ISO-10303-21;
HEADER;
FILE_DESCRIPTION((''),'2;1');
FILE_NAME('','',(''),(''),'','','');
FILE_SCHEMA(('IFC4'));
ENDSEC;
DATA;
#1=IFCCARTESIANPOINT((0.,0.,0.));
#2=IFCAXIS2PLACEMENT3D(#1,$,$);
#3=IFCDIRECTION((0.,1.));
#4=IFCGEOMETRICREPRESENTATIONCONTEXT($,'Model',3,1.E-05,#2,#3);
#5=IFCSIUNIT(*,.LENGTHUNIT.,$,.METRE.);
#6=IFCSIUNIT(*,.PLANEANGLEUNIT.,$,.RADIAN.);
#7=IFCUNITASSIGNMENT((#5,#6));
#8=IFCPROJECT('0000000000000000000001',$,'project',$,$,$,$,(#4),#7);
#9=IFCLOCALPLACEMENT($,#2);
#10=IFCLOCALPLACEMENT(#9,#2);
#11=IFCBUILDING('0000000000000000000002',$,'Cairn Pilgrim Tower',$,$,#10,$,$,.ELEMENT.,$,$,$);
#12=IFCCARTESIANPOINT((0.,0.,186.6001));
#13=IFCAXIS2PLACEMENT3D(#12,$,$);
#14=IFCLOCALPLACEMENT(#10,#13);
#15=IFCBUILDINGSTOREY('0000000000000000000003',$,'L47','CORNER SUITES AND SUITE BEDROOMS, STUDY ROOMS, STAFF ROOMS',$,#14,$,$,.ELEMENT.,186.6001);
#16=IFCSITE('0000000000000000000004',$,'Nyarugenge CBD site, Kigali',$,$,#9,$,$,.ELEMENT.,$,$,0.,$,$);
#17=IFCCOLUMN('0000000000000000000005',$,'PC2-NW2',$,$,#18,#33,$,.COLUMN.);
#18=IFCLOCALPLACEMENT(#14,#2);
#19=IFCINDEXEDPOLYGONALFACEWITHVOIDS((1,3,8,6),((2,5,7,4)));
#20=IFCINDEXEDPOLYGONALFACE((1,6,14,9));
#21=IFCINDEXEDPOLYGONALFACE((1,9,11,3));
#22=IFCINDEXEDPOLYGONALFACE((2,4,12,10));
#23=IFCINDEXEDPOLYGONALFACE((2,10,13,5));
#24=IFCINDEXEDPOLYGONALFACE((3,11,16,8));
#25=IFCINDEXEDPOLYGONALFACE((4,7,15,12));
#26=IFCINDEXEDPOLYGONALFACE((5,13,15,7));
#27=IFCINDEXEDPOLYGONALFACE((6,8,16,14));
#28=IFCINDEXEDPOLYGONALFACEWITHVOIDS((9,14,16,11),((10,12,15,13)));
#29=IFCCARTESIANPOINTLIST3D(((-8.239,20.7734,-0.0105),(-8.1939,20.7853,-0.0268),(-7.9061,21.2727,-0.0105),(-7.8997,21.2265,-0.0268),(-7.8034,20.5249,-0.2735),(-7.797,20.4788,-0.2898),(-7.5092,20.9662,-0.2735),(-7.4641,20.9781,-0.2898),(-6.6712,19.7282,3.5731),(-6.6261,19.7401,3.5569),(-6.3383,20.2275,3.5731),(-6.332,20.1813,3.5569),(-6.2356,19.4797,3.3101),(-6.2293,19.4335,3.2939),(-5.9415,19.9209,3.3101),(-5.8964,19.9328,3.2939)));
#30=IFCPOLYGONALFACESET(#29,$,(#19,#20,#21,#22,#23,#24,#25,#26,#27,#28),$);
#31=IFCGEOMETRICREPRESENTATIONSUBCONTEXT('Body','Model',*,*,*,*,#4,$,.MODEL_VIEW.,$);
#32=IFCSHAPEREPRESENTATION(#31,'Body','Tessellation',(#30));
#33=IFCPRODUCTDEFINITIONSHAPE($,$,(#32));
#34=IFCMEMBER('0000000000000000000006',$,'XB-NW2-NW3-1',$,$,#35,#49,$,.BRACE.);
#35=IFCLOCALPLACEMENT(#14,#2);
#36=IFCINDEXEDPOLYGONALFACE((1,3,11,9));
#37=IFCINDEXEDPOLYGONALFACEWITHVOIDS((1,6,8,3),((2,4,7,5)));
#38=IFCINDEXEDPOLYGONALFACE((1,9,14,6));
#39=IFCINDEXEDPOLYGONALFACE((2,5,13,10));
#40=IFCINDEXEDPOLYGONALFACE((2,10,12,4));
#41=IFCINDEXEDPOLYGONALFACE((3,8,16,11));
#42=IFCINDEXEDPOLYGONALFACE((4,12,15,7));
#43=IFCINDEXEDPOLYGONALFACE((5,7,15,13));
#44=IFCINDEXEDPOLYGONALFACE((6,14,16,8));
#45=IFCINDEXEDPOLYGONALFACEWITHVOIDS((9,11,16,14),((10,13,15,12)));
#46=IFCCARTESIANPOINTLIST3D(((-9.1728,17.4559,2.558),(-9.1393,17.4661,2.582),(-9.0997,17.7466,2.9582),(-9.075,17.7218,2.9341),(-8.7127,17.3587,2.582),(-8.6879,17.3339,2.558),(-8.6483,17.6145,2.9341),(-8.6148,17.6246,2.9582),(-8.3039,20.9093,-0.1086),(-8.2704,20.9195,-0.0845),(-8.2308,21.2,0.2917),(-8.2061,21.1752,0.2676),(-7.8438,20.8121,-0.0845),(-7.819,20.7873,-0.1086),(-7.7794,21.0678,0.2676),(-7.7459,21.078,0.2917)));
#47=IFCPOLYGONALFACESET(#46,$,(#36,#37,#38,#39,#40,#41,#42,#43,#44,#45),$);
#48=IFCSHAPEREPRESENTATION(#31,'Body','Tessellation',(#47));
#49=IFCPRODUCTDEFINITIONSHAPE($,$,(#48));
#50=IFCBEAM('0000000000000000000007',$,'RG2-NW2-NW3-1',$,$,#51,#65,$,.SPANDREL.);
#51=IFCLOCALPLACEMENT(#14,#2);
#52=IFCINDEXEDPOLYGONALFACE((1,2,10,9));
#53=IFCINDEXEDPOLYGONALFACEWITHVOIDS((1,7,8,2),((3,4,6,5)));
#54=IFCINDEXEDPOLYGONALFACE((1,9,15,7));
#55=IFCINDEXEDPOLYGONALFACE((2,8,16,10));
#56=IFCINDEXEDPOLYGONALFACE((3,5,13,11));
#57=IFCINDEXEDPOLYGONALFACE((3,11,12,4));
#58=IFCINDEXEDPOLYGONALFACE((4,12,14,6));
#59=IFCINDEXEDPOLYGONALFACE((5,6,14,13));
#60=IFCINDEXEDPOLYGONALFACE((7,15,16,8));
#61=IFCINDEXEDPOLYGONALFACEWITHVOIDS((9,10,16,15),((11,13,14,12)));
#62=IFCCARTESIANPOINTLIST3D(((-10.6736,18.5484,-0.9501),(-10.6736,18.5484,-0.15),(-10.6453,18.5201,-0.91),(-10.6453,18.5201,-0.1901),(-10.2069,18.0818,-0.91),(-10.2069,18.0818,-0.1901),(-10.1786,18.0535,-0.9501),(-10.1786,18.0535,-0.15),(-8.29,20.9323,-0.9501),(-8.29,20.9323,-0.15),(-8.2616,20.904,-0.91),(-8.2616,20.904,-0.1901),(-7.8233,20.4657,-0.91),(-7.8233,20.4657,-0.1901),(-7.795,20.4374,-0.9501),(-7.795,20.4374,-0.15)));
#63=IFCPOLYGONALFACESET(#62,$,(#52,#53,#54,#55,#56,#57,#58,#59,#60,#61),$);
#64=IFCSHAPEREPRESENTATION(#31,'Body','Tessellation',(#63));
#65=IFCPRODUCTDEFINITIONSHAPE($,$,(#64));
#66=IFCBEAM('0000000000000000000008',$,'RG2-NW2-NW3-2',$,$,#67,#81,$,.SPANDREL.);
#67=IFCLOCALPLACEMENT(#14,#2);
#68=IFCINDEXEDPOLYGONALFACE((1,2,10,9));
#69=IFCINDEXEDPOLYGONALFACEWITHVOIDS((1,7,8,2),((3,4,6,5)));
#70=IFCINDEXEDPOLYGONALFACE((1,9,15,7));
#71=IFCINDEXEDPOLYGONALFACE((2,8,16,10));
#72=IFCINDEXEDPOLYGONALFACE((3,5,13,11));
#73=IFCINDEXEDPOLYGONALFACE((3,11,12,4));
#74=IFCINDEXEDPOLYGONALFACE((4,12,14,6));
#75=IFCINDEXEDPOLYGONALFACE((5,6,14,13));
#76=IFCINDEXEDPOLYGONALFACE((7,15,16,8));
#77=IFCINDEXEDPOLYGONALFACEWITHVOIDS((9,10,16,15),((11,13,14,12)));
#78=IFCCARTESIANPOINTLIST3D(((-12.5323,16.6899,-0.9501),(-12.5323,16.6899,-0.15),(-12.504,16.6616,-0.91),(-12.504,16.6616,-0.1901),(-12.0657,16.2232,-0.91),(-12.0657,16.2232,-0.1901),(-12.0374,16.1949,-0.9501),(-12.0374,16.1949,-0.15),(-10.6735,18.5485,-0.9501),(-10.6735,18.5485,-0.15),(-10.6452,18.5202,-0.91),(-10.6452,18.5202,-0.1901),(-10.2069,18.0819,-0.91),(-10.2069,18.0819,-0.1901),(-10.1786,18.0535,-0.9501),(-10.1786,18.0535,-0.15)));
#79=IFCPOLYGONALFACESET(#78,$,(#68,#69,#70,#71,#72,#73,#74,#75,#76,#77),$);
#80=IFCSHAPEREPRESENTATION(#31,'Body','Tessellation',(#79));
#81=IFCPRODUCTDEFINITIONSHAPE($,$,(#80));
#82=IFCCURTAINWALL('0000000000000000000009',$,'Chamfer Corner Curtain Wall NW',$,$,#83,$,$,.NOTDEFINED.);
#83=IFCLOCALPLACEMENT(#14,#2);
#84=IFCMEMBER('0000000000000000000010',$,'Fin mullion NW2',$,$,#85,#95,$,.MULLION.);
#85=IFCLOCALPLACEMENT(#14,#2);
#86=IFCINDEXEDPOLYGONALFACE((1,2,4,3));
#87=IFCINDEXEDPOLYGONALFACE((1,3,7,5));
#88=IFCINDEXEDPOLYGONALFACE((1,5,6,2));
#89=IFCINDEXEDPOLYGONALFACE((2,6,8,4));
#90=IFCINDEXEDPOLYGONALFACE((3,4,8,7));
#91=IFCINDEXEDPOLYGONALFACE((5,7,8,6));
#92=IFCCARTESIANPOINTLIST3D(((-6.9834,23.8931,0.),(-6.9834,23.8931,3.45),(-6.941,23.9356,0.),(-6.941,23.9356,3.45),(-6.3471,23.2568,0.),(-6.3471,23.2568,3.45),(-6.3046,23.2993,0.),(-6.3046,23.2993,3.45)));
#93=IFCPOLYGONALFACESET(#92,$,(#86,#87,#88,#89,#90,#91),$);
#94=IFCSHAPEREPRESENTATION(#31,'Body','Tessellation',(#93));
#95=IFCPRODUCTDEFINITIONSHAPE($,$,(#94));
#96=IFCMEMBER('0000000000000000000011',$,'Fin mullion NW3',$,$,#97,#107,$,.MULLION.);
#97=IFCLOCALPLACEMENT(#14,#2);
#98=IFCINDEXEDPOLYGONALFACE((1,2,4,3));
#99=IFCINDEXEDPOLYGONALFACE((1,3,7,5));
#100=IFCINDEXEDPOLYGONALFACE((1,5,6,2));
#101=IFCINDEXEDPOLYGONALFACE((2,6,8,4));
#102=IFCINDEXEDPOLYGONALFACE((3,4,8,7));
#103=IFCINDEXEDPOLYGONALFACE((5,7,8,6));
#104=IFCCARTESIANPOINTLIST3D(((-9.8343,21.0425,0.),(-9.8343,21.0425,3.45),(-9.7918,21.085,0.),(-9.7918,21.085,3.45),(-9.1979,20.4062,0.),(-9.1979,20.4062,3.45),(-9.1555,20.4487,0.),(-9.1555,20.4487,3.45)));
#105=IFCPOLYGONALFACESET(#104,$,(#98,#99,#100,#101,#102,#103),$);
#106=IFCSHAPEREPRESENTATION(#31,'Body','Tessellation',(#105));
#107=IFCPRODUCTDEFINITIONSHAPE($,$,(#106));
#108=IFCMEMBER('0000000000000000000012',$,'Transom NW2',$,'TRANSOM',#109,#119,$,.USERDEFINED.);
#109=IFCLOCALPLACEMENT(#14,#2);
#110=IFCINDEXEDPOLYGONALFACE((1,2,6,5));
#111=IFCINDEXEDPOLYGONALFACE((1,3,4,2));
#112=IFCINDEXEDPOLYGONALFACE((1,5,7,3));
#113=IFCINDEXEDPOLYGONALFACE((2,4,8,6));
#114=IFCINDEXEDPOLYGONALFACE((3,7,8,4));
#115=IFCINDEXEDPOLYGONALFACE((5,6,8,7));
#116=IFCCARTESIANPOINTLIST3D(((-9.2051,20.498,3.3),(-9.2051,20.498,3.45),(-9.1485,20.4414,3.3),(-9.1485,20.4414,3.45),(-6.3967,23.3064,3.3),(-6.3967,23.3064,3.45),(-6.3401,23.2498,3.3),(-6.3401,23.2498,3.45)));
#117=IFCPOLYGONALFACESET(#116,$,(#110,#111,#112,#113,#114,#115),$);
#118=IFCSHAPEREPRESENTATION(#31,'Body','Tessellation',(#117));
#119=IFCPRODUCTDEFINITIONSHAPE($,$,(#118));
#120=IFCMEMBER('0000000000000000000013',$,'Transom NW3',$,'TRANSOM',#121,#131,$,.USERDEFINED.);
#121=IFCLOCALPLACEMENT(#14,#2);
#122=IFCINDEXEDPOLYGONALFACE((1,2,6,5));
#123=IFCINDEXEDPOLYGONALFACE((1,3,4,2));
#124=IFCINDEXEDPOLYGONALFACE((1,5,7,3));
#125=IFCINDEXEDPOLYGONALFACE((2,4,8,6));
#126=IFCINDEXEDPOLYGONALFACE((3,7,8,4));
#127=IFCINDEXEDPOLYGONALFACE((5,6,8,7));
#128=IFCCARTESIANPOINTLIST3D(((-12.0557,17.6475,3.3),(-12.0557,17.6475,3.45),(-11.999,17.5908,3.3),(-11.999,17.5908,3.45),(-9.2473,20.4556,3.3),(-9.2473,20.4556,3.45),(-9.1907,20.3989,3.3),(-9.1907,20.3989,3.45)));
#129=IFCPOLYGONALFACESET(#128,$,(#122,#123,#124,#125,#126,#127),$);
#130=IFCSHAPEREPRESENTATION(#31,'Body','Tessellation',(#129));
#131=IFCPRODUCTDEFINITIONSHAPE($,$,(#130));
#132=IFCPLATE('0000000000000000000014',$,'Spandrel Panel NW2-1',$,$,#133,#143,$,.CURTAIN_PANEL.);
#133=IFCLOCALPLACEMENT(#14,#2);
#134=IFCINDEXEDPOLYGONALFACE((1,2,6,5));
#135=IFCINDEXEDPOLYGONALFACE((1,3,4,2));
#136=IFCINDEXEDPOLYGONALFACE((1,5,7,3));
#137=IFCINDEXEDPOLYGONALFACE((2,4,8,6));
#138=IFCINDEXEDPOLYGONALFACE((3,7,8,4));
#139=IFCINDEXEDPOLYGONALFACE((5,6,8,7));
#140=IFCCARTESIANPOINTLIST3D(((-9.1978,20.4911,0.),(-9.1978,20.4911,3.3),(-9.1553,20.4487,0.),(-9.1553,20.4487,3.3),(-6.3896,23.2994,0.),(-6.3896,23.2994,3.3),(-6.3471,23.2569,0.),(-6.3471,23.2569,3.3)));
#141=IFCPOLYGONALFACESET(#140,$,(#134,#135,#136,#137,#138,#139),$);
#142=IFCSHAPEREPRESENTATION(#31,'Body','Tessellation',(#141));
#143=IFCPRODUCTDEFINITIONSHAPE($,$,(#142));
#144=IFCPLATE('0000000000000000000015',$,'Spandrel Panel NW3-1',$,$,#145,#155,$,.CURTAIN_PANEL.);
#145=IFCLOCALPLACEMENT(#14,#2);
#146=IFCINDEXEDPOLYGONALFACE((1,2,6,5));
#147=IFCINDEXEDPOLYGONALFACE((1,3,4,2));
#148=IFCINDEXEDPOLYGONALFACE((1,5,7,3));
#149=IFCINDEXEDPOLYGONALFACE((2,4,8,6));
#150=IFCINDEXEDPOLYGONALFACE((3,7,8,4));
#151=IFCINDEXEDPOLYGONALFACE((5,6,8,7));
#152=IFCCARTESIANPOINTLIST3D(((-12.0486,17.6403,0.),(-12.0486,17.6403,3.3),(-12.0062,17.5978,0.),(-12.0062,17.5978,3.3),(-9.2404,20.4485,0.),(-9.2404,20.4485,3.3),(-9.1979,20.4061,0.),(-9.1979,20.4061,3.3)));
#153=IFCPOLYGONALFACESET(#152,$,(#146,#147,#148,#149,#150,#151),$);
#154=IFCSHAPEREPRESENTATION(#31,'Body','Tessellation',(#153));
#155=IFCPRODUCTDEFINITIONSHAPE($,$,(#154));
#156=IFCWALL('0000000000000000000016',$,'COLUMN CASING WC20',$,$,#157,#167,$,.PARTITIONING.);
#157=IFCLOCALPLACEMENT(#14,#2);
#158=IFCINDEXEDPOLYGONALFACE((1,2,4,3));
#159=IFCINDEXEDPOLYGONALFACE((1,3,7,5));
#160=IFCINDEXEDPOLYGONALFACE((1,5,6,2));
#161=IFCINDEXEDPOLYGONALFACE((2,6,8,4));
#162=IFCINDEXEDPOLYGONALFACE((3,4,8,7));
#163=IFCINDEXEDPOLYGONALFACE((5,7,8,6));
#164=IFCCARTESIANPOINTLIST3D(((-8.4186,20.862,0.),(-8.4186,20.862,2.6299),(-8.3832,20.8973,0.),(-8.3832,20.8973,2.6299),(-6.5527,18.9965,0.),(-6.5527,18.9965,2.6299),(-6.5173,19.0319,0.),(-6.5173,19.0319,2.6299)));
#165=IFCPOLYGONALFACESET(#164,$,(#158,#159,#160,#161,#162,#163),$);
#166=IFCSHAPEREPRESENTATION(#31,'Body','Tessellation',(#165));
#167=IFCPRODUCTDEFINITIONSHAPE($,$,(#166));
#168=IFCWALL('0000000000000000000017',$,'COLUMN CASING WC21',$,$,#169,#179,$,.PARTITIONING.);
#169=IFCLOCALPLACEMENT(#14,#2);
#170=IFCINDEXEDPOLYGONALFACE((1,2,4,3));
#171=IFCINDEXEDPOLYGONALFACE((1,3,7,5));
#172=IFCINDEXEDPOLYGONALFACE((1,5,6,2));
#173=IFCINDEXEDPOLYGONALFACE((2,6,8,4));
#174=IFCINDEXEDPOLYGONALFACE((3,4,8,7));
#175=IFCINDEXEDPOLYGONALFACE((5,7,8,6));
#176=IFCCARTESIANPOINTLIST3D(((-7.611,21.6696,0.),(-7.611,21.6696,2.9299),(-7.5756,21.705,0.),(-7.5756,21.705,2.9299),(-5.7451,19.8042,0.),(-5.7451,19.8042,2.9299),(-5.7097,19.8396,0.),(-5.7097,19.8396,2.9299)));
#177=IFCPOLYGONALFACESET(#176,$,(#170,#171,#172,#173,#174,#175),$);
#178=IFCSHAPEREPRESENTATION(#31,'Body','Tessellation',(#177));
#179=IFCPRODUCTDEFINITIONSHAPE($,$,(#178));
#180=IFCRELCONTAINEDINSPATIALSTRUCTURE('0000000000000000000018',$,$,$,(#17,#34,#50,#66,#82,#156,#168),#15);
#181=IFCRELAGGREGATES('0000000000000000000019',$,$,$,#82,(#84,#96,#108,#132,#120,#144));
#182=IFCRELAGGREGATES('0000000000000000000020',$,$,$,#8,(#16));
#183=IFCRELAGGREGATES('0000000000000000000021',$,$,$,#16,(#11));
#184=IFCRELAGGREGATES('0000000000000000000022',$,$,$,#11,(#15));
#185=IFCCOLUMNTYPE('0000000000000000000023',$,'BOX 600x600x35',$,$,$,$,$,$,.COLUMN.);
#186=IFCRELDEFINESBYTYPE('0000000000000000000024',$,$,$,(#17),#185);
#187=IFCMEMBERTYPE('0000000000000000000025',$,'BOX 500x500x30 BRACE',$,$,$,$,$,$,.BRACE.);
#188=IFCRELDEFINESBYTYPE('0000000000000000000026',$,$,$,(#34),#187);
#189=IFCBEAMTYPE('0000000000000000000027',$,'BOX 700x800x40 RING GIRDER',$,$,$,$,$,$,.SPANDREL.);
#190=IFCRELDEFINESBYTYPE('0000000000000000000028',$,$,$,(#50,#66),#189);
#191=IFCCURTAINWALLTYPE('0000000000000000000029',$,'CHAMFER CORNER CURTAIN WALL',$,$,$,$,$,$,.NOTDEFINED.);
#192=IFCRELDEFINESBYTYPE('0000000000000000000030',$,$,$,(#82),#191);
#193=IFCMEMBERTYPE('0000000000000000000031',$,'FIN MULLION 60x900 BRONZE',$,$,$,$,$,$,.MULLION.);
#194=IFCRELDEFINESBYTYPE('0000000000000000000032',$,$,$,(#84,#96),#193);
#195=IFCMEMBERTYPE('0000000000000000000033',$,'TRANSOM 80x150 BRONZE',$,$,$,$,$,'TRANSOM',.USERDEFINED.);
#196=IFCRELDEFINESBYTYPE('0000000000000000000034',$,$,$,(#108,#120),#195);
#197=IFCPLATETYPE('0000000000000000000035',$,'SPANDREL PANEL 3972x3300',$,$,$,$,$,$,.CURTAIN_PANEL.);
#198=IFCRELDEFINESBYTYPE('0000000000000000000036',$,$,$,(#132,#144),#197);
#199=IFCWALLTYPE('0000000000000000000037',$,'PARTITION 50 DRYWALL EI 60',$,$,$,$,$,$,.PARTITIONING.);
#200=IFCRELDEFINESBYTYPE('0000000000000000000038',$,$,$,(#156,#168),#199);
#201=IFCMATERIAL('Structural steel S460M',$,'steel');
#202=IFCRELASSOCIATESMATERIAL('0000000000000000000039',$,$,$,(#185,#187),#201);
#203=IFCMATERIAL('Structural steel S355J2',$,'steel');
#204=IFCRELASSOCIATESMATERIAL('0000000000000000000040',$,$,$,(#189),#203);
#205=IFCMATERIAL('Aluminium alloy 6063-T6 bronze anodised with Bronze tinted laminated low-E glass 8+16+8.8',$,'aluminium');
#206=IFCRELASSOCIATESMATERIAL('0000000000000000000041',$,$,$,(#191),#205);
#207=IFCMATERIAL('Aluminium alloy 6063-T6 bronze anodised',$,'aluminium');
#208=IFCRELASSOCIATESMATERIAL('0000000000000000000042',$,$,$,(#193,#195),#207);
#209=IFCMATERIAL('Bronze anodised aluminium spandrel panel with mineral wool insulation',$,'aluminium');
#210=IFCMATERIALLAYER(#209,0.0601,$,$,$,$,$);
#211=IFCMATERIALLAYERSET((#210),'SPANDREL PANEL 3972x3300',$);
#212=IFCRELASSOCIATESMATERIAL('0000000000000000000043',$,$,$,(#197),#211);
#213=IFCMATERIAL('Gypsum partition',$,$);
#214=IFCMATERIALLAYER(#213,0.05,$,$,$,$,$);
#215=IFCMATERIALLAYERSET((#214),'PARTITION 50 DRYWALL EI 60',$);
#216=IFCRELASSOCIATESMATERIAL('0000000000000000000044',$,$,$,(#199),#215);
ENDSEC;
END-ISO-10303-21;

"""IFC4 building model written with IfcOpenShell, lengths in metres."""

from ifc_helpers import new_model, si_unit, direction, frame, frame_2d, origin, origin_2d, place, context, subcontext, project, spatial, rectangle, hollow_rectangle, extrude, clip, halfspace, material, layer, layer_set, material_profile, profile_set, type_object, element, aggregate, save


model = new_model("IFC4")

# Units and contexts
model_context = context("Model", 3, precision=1e-05, world=origin(), true_north=direction((0.0, 1.0)))
body_context = subcontext(model_context, "Body", "Model", "MODEL_VIEW")
ifc_project = project(units=[si_unit("LENGTHUNIT", "METRE"), si_unit("PLANEANGLEUNIT", "RADIAN")], contexts=[model_context])

# Site, building, storey
site_placement = place(None, origin())
site = spatial("IfcSite", under=ifc_project, at=site_placement, Name="Nyarugenge CBD site, Kigali", CompositionType="ELEMENT", RefElevation=0.0)
building_placement = place(site_placement, origin())
building = spatial("IfcBuilding", under=site, at=building_placement, Name="Cairn Pilgrim Tower", CompositionType="ELEMENT")
storey_placement = place(building_placement, frame((0.0, 0.0, 186.6001)))
storey = spatial("IfcBuildingStorey", under=building, at=storey_placement, Name="L47", Description="CORNER SUITES AND SUITE BEDROOMS, STUDY ROOMS, STAFF ROOMS", CompositionType="ELEMENT", Elevation=186.6001)

# Column
ifc_material_1 = material(Name="Structural steel S460M", Category="steel")
ifc_material_profile_1 = material_profile(ifc_material_1, hollow_rectangle(XDim=0.6001, YDim=0.6001, WallThickness=0.0349, at=origin_2d()), Name="BOX 600x600x35")
ifc_profile_set_1 = profile_set([ifc_material_profile_1], Name="Structural steel S460M")
column_type = type_object("IfcColumnType", Name="BOX 600x600x35", PredefinedType="COLUMN", material=ifc_profile_set_1)
column_placement = place(storey_placement, frame((-7.8516, 20.8757, -0.1501), z_axis=(0.387213, -0.258162, 0.885109), x_axis=(0.55473, 0.83203, 0.0)))
element("IfcColumn", 1, at=column_placement, inside=storey, type_object=column_type, Name="PC2-NW2", PredefinedType="COLUMN", context=body_context, shape_type="Clipping", body=[
    clip(extrude(hollow_rectangle(XDim=0.6001, YDim=0.6001, WallThickness=0.0349, at=origin_2d()), origin(), (0.0, 0.0, 1.0), 4.0674), halfspace(frame((0.0, 0.0, 4.0488), z_axis=(0.0, 0.0, 1.0), x_axis=(1.0, 0.0, 0.0)), False)),
])

# Member
ifc_material_profile_2 = material_profile(ifc_material_1, hollow_rectangle(XDim=0.5, YDim=0.5, WallThickness=0.03, at=origin_2d()), Name="BOX 500x500x30")
ifc_profile_set_2 = profile_set([ifc_material_profile_2], Name="Structural steel S460M")
member_type_1 = type_object("IfcMemberType", Name="BOX 500x500x30 BRACE", PredefinedType="BRACE", material=ifc_profile_set_2)
member_1_placement = place(storey_placement, frame((-8.0249, 20.9937, 0.0916), z_axis=(-0.195314, -0.776264, 0.599389), x_axis=(0.969774, -0.244003, 0.0)))
element("IfcMember", 2, at=member_1_placement, inside=storey, type_object=member_type_1, Name="XB-NW2-NW3-1", PredefinedType="BRACE", context=body_context, shape_type="SweptSolid", body=[
    extrude(hollow_rectangle(XDim=0.5, YDim=0.5, WallThickness=0.03, at=origin_2d()), origin(), (0.0, 0.0, 1.0), 4.4487),
])

# Beams
ifc_material_2 = material(Name="Structural steel S355J2", Category="steel")
ifc_material_profile_3 = material_profile(ifc_material_2, hollow_rectangle(XDim=0.7, YDim=0.8, WallThickness=0.04, at=origin_2d()), Name="BOX 700x800x40")
ifc_profile_set_3 = profile_set([ifc_material_profile_3], Name="Structural steel S355J2")
beam_type = type_object("IfcBeamType", Name="BOX 700x800x40 RING GIRDER", PredefinedType="SPANDREL", material=ifc_profile_set_3)
beam_1_placement = place(storey_placement, frame((-8.0425, 20.6848, -0.55), z_axis=(-0.707071, -0.707143, 0.0), x_axis=(0.707143, -0.707071, 0.0)))
element("IfcBeam", 3, at=beam_1_placement, inside=storey, type_object=beam_type, Name="RG2-NW2-NW3-1", PredefinedType="SPANDREL", context=body_context, shape_type="SweptSolid", body=[
    extrude(hollow_rectangle(XDim=0.7, YDim=0.8, WallThickness=0.04, at=origin_2d()), origin(), (0.0, 0.0, 1.0), 3.3711),
])
beam_2_placement = place(storey_placement, frame((-10.426, 18.301, -0.55), z_axis=(-0.707153, -0.70706, 0.0), x_axis=(0.70706, -0.707153, 0.0)))
element("IfcBeam", 4, at=beam_2_placement, inside=storey, type_object=beam_type, Name="RG2-NW2-NW3-2", PredefinedType="SPANDREL", context=body_context, shape_type="SweptSolid", body=[
    extrude(hollow_rectangle(XDim=0.7, YDim=0.8, WallThickness=0.04, at=origin_2d()), origin(), (0.0, 0.0, 1.0), 2.6287),
])

# Curtain wall, members, plates
ifc_material_3 = material(Name="Aluminium alloy 6063-T6 bronze anodised with Bronze tinted laminated low-E glass 8+16+8.8", Category="aluminium")
curtain_wall_type = type_object("IfcCurtainWallType", Name="CHAMFER CORNER CURTAIN WALL", PredefinedType="NOTDEFINED", material=ifc_material_3)
curtain_wall_placement = place(storey_placement, origin())
curtain_wall = element("IfcCurtainWall", 5, at=curtain_wall_placement, inside=storey, type_object=curtain_wall_type, Name="Chamfer Corner Curtain Wall NW", PredefinedType="NOTDEFINED")
ifc_material_4 = material(Name="Aluminium alloy 6063-T6 bronze anodised", Category="aluminium")
ifc_material_profile_4 = material_profile(ifc_material_4, rectangle(XDim=0.8999, YDim=0.0601, at=origin_2d()), Name="FIN MULLION 60x900 BRONZE")
ifc_profile_set_4 = profile_set([ifc_material_profile_4], Name="Aluminium alloy 6063-T6 bronze anodised")
member_type_2 = type_object("IfcMemberType", Name="FIN MULLION 60x900 BRONZE", PredefinedType="MULLION", material=ifc_profile_set_4)
member_2_placement = place(storey_placement, frame((-6.644, 23.5962, 0.0), z_axis=(0.0, 0.0, 1.0), x_axis=(-0.707107, 0.707107, 0.0)))
member_2 = element("IfcMember", 6, at=member_2_placement, type_object=member_type_2, Name="Fin mullion NW2", PredefinedType="MULLION", context=body_context, shape_type="SweptSolid", body=[
    extrude(rectangle(XDim=0.8999, YDim=0.0601, at=origin_2d()), origin(), (0.0, 0.0, 1.0), 3.45),
])
member_3_placement = place(storey_placement, frame((-9.4949, 20.7456, 0.0), z_axis=(0.0, 0.0, 1.0), x_axis=(-0.707107, 0.707107, 0.0)))
member_3 = element("IfcMember", 7, at=member_3_placement, type_object=member_type_2, Name="Fin mullion NW3", PredefinedType="MULLION", context=body_context, shape_type="SweptSolid", body=[
    extrude(rectangle(XDim=0.8999, YDim=0.0601, at=origin_2d()), origin(), (0.0, 0.0, 1.0), 3.45),
])
ifc_material_profile_5 = material_profile(ifc_material_4, rectangle(XDim=0.0801, YDim=0.1499, at=origin_2d()), Name="TRANSOM 80x150 BRONZE")
ifc_profile_set_5 = profile_set([ifc_material_profile_5], Name="Aluminium alloy 6063-T6 bronze anodised")
member_type_3 = type_object("IfcMemberType", Name="TRANSOM 80x150 BRONZE", ElementType="TRANSOM", PredefinedType="USERDEFINED", material=ifc_profile_set_5)
member_4_placement = place(storey_placement, frame((-6.3684, 23.2781, 3.375), z_axis=(-0.707107, -0.707107, 0.0), x_axis=(0.707107, -0.707107, 0.0)))
member_4 = element("IfcMember", 8, at=member_4_placement, type_object=member_type_3, Name="Transom NW2", ObjectType="TRANSOM", PredefinedType="USERDEFINED", context=body_context, shape_type="SweptSolid", body=[
    extrude(rectangle(XDim=0.0801, YDim=0.1499, at=origin_2d()), origin(), (0.0, 0.0, 1.0), 3.9717),
])
member_5_placement = place(storey_placement, frame((-9.219, 20.4272, 3.375), z_axis=(-0.707138, -0.707076, 0.0), x_axis=(0.707076, -0.707138, 0.0)))
member_5 = element("IfcMember", 9, at=member_5_placement, type_object=member_type_3, Name="Transom NW3", ObjectType="TRANSOM", PredefinedType="USERDEFINED", context=body_context, shape_type="SweptSolid", body=[
    extrude(rectangle(XDim=0.0801, YDim=0.1499, at=origin_2d()), origin(), (0.0, 0.0, 1.0), 3.9714),
])
ifc_material_5 = material(Name="Bronze anodised aluminium spandrel panel with mineral wool insulation", Category="aluminium")
ifc_layer_1 = layer(ifc_material_5, 0.0601)
ifc_layer_set_1 = layer_set([ifc_layer_1], Name="SPANDREL PANEL 3972x3300")
plate_type = type_object("IfcPlateType", Name="SPANDREL PANEL 3972x3300", PredefinedType="CURTAIN_PANEL", material=ifc_layer_set_1)
plate_1_placement = place(storey_placement, frame((-7.7725, 21.874, 0.0), z_axis=(0.0, 0.0, 1.0), x_axis=(-0.707107, -0.707107, 0.0)))
plate_1 = element("IfcPlate", 10, at=plate_1_placement, type_object=plate_type, Name="Spandrel Panel NW2-1", PredefinedType="CURTAIN_PANEL", context=body_context, shape_type="SweptSolid", body=[
    extrude(rectangle(XDim=3.9714, YDim=0.0601, at=origin_2d()), origin(), (0.0, 0.0, 1.0), 3.3),
])
plate_2_placement = place(storey_placement, frame((-10.6233, 19.0232, 0.0), z_axis=(0.0, 0.0, 1.0), x_axis=(-0.707107, -0.707107, 0.0)))
plate_2 = element("IfcPlate", 11, at=plate_2_placement, type_object=plate_type, Name="Spandrel Panel NW3-1", PredefinedType="CURTAIN_PANEL", context=body_context, shape_type="SweptSolid", body=[
    extrude(rectangle(XDim=3.9714, YDim=0.0601, at=origin_2d()), origin(), (0.0, 0.0, 1.0), 3.3),
])
aggregate(curtain_wall, [member_2, member_3, member_4, plate_1, member_5, plate_2])

# Walls
ifc_material_6 = material(Name="Gypsum partition")
ifc_layer_2 = layer(ifc_material_6, 0.05)
ifc_layer_set_2 = layer_set([ifc_layer_2], Name="PARTITION 50 DRYWALL EI 60")
wall_type_1 = type_object("IfcWallType", Name="PARTITION 50 DRYWALL EI 60", PredefinedType="PARTITIONING", material=ifc_layer_set_2)
wall_1_placement = place(storey_placement, frame((-6.5349, 19.0142, 0.0), z_axis=(0.0, 0.0, 1.0), x_axis=(-0.707199, 0.707014, 0.0)))
element("IfcWall", 12, at=wall_1_placement, inside=storey, type_object=wall_type_1, Name="COLUMN CASING WC20", PredefinedType="PARTITIONING", context=body_context, shape_type="SweptSolid", body=[
    extrude(rectangle(XDim=2.6384, YDim=0.05, at=frame_2d((1.3193, 0.0))), origin(), (0.0, 0.0, 1.0), 2.6299),
])
wall_2_placement = place(storey_placement, frame((-5.7273, 19.8218, 0.0), z_axis=(0.0, 0.0, 1.0), x_axis=(-0.707199, 0.707014, 0.0)))
element("IfcWall", 13, at=wall_2_placement, inside=storey, type_object=wall_type_1, Name="COLUMN CASING WC21", PredefinedType="PARTITIONING", context=body_context, shape_type="SweptSolid", body=[
    extrude(rectangle(XDim=2.6384, YDim=0.05, at=frame_2d((1.3193, 0.0))), origin(), (0.0, 0.0, 1.0), 2.9299),
])

save(model, "model.ifc")
